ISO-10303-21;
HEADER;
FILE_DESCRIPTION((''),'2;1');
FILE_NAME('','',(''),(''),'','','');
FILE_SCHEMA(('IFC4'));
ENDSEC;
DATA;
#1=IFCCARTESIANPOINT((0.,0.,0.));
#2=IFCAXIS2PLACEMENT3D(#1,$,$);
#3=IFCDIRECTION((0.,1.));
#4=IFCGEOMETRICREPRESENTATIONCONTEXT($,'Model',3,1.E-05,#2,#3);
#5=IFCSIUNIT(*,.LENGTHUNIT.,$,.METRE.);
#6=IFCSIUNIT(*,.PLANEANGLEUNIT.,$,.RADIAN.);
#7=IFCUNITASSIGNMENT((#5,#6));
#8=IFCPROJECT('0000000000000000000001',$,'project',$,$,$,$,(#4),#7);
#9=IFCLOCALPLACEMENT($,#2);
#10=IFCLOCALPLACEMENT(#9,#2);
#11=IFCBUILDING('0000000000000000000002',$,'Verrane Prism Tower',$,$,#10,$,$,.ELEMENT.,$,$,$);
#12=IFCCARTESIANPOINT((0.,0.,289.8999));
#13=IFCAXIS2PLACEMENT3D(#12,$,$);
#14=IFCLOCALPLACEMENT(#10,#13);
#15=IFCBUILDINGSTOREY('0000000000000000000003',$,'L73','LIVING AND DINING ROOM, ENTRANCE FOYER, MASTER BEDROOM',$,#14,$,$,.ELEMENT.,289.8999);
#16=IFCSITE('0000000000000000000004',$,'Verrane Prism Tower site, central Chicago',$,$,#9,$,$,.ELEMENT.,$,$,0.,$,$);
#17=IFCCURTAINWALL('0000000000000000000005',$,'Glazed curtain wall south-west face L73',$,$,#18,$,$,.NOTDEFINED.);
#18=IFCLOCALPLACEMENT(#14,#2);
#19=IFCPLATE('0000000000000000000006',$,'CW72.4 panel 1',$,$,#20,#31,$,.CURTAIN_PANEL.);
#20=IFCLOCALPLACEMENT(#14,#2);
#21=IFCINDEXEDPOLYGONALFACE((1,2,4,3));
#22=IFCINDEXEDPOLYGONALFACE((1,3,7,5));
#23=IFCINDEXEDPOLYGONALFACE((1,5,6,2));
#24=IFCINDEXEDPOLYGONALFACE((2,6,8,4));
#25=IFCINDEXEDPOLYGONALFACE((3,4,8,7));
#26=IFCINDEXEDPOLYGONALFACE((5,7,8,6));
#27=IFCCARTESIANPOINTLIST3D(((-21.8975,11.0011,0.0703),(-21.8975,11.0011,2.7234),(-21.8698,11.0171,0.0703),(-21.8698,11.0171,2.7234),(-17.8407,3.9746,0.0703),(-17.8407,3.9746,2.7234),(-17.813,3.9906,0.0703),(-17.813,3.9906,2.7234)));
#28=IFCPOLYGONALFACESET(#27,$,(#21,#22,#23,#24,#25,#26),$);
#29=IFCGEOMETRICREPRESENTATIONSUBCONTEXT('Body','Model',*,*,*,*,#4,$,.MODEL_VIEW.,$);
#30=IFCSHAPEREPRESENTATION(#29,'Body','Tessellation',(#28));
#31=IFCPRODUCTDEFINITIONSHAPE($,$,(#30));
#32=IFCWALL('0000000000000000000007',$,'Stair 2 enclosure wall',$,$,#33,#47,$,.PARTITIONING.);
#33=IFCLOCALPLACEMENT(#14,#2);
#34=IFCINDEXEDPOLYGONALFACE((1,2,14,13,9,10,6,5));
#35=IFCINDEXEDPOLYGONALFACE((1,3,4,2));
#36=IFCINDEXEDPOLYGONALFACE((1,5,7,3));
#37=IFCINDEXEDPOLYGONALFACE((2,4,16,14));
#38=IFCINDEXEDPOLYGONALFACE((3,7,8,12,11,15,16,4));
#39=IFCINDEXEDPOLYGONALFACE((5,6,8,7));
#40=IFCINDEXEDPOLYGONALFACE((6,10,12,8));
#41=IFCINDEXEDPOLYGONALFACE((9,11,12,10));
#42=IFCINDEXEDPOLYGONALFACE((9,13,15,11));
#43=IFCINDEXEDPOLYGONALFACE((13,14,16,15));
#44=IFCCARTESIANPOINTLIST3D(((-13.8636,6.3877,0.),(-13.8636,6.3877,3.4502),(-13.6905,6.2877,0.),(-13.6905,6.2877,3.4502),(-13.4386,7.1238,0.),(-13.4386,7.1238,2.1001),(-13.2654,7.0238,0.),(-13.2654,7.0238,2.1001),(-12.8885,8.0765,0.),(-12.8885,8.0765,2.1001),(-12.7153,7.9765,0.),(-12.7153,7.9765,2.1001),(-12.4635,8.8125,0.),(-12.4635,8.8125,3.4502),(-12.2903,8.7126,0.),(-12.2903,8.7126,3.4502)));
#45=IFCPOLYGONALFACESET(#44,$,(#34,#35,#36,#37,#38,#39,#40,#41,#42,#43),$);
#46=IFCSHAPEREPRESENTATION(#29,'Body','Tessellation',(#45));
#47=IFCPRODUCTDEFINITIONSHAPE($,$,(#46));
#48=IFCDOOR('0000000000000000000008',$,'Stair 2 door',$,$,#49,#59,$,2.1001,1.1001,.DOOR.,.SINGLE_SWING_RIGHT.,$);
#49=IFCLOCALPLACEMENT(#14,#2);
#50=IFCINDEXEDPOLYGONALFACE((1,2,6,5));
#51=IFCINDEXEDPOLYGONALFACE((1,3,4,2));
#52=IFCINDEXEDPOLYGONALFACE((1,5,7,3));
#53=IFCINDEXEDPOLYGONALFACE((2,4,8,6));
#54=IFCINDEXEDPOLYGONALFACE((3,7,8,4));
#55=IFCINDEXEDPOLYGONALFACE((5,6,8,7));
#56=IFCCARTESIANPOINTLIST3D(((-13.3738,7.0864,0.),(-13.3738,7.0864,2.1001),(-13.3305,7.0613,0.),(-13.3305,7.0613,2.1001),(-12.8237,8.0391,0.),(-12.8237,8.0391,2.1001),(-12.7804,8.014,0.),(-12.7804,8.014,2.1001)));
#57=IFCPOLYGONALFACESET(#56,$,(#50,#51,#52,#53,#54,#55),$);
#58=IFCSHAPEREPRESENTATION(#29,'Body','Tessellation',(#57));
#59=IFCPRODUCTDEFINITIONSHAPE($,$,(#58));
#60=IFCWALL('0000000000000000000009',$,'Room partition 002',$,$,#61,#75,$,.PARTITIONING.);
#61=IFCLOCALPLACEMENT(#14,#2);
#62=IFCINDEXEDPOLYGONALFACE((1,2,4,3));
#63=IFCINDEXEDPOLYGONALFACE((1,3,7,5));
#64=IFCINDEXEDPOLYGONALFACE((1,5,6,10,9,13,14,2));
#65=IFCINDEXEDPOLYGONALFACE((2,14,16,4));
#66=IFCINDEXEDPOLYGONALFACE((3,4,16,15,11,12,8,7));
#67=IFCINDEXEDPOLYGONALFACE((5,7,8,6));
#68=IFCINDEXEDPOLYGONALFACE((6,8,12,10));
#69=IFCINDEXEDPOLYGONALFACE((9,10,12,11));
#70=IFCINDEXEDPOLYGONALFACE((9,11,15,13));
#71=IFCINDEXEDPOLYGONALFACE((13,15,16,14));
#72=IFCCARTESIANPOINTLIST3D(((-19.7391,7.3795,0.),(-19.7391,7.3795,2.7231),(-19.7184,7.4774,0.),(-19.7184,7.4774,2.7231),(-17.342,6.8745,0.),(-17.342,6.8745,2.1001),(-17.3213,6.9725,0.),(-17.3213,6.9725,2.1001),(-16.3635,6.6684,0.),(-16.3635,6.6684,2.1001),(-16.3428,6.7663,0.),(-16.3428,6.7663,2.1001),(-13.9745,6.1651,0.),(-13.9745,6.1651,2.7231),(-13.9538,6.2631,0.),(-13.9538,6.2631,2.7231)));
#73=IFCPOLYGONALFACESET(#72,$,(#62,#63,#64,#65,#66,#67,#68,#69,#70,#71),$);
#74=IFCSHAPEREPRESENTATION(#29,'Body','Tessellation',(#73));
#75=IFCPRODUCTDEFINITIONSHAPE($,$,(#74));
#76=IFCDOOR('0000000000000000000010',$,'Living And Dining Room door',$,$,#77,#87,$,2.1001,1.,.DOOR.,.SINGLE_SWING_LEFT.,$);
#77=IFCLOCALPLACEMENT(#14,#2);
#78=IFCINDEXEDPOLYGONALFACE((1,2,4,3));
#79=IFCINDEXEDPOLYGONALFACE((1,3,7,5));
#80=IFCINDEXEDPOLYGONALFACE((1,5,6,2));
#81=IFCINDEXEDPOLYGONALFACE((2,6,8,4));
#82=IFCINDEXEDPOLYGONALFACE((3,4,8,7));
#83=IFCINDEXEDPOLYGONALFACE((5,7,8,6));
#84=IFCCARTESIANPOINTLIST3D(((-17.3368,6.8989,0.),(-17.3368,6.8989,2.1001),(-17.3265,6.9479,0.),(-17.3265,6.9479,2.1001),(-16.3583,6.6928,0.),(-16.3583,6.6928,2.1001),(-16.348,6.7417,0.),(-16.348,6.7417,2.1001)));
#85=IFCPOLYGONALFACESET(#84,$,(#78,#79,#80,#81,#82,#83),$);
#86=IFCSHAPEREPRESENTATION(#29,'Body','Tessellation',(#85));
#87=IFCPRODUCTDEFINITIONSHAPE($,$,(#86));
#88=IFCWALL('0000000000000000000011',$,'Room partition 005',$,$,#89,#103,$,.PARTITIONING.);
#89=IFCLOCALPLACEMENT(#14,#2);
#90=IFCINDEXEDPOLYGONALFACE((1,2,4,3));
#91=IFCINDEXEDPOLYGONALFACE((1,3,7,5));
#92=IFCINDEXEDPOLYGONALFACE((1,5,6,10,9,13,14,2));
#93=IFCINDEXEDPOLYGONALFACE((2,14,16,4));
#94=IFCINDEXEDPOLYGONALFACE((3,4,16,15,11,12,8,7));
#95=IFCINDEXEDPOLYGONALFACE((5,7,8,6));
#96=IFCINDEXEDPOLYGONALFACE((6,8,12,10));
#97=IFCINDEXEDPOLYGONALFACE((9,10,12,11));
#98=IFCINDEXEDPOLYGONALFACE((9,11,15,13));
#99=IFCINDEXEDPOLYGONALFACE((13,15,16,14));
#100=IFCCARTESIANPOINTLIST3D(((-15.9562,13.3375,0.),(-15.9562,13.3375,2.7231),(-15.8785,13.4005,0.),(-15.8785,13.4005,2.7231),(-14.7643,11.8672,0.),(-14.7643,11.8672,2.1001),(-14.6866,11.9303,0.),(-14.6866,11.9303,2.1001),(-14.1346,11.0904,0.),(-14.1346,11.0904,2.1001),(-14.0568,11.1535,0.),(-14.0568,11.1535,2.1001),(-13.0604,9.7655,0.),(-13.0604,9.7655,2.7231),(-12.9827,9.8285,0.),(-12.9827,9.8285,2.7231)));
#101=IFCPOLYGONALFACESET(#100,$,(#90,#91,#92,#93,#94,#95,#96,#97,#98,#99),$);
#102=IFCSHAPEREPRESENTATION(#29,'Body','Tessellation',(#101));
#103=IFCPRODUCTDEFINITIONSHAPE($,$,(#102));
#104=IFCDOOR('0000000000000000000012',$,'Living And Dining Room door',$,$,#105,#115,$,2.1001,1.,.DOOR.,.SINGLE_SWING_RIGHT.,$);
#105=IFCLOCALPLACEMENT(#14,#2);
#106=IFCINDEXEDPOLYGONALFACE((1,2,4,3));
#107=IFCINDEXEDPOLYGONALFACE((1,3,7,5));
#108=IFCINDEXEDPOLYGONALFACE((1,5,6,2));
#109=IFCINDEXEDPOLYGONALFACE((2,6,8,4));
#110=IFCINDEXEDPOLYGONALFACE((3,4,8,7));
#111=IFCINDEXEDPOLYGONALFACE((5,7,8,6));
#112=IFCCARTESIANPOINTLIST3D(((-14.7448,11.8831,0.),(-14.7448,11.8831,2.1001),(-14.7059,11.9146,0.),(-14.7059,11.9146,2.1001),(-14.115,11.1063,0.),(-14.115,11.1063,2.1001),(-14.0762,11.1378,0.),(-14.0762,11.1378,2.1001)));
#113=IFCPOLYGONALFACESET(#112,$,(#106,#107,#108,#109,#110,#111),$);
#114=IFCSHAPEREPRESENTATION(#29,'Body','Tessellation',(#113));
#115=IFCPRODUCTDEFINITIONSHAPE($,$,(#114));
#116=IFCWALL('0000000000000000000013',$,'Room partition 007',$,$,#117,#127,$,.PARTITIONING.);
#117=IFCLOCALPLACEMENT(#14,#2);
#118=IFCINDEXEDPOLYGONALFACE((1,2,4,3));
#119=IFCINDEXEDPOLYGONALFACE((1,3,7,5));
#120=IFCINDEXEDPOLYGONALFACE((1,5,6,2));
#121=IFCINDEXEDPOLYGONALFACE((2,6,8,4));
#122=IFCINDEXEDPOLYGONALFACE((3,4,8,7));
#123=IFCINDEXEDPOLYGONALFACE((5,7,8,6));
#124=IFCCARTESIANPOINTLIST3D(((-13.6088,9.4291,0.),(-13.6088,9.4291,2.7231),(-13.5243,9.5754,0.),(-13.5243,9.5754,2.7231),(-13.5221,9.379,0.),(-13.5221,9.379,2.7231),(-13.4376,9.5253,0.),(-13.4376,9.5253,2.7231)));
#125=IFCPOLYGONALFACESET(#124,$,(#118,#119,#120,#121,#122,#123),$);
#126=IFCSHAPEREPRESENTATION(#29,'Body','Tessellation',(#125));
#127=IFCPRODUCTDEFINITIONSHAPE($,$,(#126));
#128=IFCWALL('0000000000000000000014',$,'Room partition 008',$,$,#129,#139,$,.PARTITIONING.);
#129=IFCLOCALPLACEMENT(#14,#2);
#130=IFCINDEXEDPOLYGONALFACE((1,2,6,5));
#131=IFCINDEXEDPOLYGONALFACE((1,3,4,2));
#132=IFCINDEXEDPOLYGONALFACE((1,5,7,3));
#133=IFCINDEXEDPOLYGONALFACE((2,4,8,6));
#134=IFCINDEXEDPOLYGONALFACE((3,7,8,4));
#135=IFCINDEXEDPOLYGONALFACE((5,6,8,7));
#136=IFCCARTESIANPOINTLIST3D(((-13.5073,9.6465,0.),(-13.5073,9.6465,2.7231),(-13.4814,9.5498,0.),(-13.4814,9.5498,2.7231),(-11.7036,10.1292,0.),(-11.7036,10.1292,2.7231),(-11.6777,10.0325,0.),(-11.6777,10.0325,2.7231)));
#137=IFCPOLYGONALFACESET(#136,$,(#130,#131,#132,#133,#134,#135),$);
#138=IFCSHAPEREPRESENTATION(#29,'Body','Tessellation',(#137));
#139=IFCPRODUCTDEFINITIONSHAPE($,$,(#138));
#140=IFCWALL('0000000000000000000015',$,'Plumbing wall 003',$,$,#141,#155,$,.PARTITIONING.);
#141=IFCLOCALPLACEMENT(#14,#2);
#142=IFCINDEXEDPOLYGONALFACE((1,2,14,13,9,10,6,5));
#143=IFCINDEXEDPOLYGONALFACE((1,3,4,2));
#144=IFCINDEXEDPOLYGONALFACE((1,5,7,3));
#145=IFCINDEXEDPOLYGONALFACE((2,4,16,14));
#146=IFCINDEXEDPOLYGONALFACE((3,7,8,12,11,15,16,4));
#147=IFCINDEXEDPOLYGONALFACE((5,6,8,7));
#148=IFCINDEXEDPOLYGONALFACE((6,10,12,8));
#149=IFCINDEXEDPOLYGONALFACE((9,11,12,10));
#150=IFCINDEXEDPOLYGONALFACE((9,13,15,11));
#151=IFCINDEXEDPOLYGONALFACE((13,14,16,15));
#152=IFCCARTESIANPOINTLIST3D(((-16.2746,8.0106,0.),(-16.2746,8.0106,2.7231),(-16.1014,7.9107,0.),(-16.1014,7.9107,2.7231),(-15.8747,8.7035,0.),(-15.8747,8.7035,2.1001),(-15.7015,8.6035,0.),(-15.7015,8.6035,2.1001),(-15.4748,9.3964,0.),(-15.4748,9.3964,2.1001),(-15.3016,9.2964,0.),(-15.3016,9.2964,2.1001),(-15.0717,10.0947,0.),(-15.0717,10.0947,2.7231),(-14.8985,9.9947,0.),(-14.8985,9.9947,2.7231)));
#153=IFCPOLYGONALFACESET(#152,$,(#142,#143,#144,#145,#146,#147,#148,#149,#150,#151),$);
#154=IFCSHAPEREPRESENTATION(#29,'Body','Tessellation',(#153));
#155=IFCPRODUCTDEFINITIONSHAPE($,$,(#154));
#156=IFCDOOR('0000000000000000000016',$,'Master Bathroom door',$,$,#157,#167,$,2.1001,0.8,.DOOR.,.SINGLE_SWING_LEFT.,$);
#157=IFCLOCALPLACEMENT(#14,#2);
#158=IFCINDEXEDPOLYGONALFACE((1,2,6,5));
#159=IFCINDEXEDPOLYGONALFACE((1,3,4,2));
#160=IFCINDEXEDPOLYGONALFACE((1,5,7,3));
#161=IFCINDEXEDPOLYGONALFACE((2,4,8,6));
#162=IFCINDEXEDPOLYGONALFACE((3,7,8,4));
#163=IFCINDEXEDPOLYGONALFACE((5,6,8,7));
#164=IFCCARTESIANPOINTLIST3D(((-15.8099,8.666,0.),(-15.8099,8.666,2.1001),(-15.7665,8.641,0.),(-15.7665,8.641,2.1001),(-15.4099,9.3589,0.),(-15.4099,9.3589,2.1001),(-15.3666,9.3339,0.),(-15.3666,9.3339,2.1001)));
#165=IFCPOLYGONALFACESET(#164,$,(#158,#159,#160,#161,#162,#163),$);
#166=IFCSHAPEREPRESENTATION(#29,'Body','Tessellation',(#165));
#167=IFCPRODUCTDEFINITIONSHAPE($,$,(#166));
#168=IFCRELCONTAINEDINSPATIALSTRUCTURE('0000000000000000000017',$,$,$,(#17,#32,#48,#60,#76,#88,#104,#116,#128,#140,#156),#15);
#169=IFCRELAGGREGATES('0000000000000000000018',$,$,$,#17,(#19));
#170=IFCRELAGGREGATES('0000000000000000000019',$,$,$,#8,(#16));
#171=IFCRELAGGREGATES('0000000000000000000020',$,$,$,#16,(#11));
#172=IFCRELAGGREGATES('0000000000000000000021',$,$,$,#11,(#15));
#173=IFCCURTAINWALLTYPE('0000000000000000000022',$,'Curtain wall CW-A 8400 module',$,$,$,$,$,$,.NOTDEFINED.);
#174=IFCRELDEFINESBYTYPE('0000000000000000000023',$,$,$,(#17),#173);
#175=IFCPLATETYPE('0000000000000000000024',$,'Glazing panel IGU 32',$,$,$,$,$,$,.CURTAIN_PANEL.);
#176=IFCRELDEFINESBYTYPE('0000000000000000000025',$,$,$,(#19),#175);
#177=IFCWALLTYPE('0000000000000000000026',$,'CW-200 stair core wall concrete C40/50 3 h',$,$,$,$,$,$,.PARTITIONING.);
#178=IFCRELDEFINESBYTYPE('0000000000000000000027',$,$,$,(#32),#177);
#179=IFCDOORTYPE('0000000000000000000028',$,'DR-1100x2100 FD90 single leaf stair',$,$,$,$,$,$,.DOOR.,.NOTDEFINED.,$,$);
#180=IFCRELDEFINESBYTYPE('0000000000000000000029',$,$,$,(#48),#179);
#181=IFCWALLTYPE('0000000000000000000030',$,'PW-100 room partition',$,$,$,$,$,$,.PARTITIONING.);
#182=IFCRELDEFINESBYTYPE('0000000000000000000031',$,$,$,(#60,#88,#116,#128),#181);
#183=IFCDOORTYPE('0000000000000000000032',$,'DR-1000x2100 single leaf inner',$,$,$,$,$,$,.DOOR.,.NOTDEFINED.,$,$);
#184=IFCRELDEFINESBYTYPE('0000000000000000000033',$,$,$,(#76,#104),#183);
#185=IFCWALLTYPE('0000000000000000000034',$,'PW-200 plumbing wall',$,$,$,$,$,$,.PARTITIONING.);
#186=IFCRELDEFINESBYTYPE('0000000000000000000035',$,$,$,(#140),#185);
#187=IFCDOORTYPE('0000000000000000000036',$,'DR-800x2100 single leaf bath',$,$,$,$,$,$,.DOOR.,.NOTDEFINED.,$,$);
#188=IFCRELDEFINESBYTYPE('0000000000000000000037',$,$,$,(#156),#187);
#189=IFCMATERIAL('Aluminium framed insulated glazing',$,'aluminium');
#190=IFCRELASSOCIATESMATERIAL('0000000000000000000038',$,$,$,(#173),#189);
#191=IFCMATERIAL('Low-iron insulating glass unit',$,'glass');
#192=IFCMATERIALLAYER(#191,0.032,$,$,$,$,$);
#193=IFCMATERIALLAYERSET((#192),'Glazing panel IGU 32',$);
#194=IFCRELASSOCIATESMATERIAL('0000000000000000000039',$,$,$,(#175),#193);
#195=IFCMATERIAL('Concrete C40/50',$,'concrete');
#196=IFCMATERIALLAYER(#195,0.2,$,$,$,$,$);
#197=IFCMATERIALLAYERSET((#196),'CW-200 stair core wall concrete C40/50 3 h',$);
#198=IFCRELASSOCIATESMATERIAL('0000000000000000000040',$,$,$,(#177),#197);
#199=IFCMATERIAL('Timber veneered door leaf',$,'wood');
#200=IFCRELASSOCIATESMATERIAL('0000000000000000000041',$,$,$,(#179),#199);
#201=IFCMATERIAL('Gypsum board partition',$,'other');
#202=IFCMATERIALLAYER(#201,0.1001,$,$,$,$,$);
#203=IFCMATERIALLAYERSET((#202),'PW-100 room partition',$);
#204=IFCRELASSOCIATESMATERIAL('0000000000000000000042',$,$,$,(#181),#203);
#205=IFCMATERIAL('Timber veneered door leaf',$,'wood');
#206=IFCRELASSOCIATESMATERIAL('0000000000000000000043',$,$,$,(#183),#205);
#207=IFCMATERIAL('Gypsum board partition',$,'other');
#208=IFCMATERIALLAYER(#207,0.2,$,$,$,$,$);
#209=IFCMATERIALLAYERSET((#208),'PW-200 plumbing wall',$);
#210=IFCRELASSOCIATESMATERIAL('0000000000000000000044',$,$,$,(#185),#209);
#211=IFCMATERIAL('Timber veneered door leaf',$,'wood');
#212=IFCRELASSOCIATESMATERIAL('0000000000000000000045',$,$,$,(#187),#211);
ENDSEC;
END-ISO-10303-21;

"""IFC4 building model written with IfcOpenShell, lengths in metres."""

from ifc_helpers import new_model, si_unit, direction, frame, frame_2d, origin, origin_2d, place, context, subcontext, project, spatial, rectangle, extrude, material, layer, layer_set, type_object, element, fill, aggregate, save


model = new_model("IFC4")

# Units and contexts
model_context = context("Model", 3, precision=1e-05, world=origin(), true_north=direction((0.0, 1.0)))
body_context = subcontext(model_context, "Body", "Model", "MODEL_VIEW")
ifc_project = project(units=[si_unit("LENGTHUNIT", "METRE"), si_unit("PLANEANGLEUNIT", "RADIAN")], contexts=[model_context])

# Site, building, storey
site_placement = place(None, origin())
site = spatial("IfcSite", under=ifc_project, at=site_placement, Name="Verrane Prism Tower site, central Chicago", CompositionType="ELEMENT", RefElevation=0.0)
building_placement = place(site_placement, origin())
building = spatial("IfcBuilding", under=site, at=building_placement, Name="Verrane Prism Tower", CompositionType="ELEMENT")
storey_placement = place(building_placement, frame((0.0, 0.0, 289.8999)))
storey = spatial("IfcBuildingStorey", under=building, at=storey_placement, Name="L73", Description="LIVING AND DINING ROOM, ENTRANCE FOYER, MASTER BEDROOM", CompositionType="ELEMENT", Elevation=289.8999)

# Curtain wall
ifc_material_1 = material(Name="Aluminium framed insulated glazing", Category="aluminium")
curtain_wall_type = type_object("IfcCurtainWallType", Name="Curtain wall CW-A 8400 module", PredefinedType="NOTDEFINED", material=ifc_material_1)
curtain_wall_placement = place(storey_placement, origin())
curtain_wall = element("IfcCurtainWall", 1, at=curtain_wall_placement, inside=storey, type_object=curtain_wall_type, Name="Glazed curtain wall south-west face L73", PredefinedType="NOTDEFINED")

# Plate
ifc_material_2 = material(Name="Low-iron insulating glass unit", Category="glass")
ifc_layer_1 = layer(ifc_material_2, 0.032)
ifc_layer_set_1 = layer_set([ifc_layer_1], Name="Glazing panel IGU 32")
plate_type = type_object("IfcPlateType", Name="Glazing panel IGU 32", PredefinedType="CURTAIN_PANEL", material=ifc_layer_set_1)
plate_placement = place(storey_placement, frame((-19.8552, 7.4958, 0.0703), z_axis=(0.0, 0.0, 1.0), x_axis=(0.500001, -0.866025, 0.0)))
plate = element("IfcPlate", 2, at=plate_placement, type_object=plate_type, Name="CW72.4 panel 1", PredefinedType="CURTAIN_PANEL", context=body_context, shape_type="SweptSolid", body=[
    extrude(rectangle(XDim=8.1135, YDim=0.032, at=origin_2d()), origin(), (0.0, 0.0, 1.0), 2.6531),
])
aggregate(curtain_wall, [plate])

# Walls, openings, doors
ifc_material_3 = material(Name="Concrete C40/50", Category="concrete")
ifc_layer_2 = layer(ifc_material_3, 0.2)
ifc_layer_set_2 = layer_set([ifc_layer_2], Name="CW-200 stair core wall concrete C40/50 3 h")
wall_type_1 = type_object("IfcWallType", Name="CW-200 stair core wall concrete C40/50 3 h", PredefinedType="PARTITIONING", material=ifc_layer_set_2)
wall_1_placement = place(storey_placement, frame((-12.377, 8.7625, 0.0), z_axis=(0.0, 0.0, 1.0), x_axis=(-0.50005, -0.865997, 0.0)))
wall_1 = element("IfcWall", 3, at=wall_1_placement, inside=storey, type_object=wall_type_1, Name="Stair 2 enclosure wall", PredefinedType="PARTITIONING", context=body_context, shape_type="SweptSolid", body=[
    extrude(rectangle(XDim=2.8, YDim=0.2, at=frame_2d((1.3999, 0.0))), origin(), (0.0, 0.0, 1.0), 3.4502),
])
opening_1_placement = place(wall_1_placement, frame((0.8499, 0.0, 0.0)))
opening_1 = element("IfcOpeningElement", 4, at=opening_1_placement, cuts=wall_1, PredefinedType="OPENING", context=body_context, shape_type="SweptSolid", body=[
    extrude(rectangle(XDim=1.1001, YDim=2.1001, at=frame_2d((0.55, 1.05))), frame((0.0, 0.1099, 0.0), z_axis=(0.0, -1.0, 0.0), x_axis=(1.0, 0.0, 0.0)), (0.0, 0.0, 1.0), 0.22),
])
ifc_material_4 = material(Name="Timber veneered door leaf", Category="wood")
door_type_1 = type_object("IfcDoorType", Name="DR-1100x2100 FD90 single leaf stair", OperationType="NOTDEFINED", PredefinedType="DOOR", material=ifc_material_4)
door_1_placement = place(opening_1_placement, origin())
door_1 = element("IfcDoor", 5, at=door_1_placement, inside=storey, type_object=door_type_1, Name="Stair 2 door", OperationType="SINGLE_SWING_RIGHT", OverallHeight=2.1001, OverallWidth=1.1001, PredefinedType="DOOR", context=body_context, shape_type="SweptSolid", body=[
    extrude(rectangle(XDim=1.1001, YDim=2.1001, at=frame_2d((0.55, 1.05))), frame((0.0, 0.0249, 0.0), z_axis=(0.0, -1.0, 0.0), x_axis=(1.0, 0.0, 0.0)), (0.0, 0.0, 1.0), 0.05),
])
fill(opening_1, door_1)
ifc_material_5 = material(Name="Gypsum board partition", Category="other")
ifc_layer_3 = layer(ifc_material_5, 0.1001)
ifc_layer_set_3 = layer_set([ifc_layer_3], Name="PW-100 room partition")
wall_type_2 = type_object("IfcWallType", Name="PW-100 room partition", PredefinedType="PARTITIONING", material=ifc_layer_set_3)
wall_2_placement = place(storey_placement, frame((-19.7288, 7.4285, 0.0), z_axis=(0.0, 0.0, 1.0), x_axis=(0.978524, -0.206132, 0.0)))
wall_2 = element("IfcWall", 6, at=wall_2_placement, inside=storey, type_object=wall_type_2, Name="Room partition 002", PredefinedType="PARTITIONING", context=body_context, shape_type="SweptSolid", body=[
    extrude(rectangle(XDim=5.8911, YDim=0.1001, at=frame_2d((2.9456, 0.0))), origin(), (0.0, 0.0, 1.0), 2.7231),
])
opening_2_placement = place(wall_2_placement, frame((2.4497, 0.0, 0.0)))
opening_2 = element("IfcOpeningElement", 7, at=opening_2_placement, cuts=wall_2, PredefinedType="OPENING", context=body_context, shape_type="SweptSolid", body=[
    extrude(rectangle(XDim=1.0, YDim=2.1001, at=frame_2d((0.5, 1.05))), frame((0.0, 0.0601, 0.0), z_axis=(0.0, -1.0, 0.0), x_axis=(1.0, 0.0, 0.0)), (0.0, 0.0, 1.0), 0.1201),
])
ifc_material_6 = material(Name="Timber veneered door leaf", Category="wood")
door_type_2 = type_object("IfcDoorType", Name="DR-1000x2100 single leaf inner", OperationType="NOTDEFINED", PredefinedType="DOOR", material=ifc_material_6)
door_2_placement = place(opening_2_placement, origin())
door_2 = element("IfcDoor", 8, at=door_2_placement, inside=storey, type_object=door_type_2, Name="Living And Dining Room door", OperationType="SINGLE_SWING_LEFT", OverallHeight=2.1001, OverallWidth=1.0, PredefinedType="DOOR", context=body_context, shape_type="SweptSolid", body=[
    extrude(rectangle(XDim=1.0, YDim=2.1001, at=frame_2d((0.5, 1.05))), frame((0.0, 0.0249, 0.0), z_axis=(0.0, -1.0, 0.0), x_axis=(1.0, 0.0, 0.0)), (0.0, 0.0, 1.0), 0.05),
])
fill(opening_2, door_2)
wall_3_placement = place(storey_placement, frame((-13.0215, 9.7969, 0.0), z_axis=(0.0, 0.0, 1.0), x_axis=(-0.629739, 0.776807, 0.0)))
wall_3 = element("IfcWall", 9, at=wall_3_placement, inside=storey, type_object=wall_type_2, Name="Room partition 005", PredefinedType="PARTITIONING", context=body_context, shape_type="SweptSolid", body=[
    extrude(rectangle(XDim=4.5984, YDim=0.1001, at=frame_2d((2.2993, 0.0))), origin(), (0.0, 0.0, 1.0), 2.7231),
])
opening_3_placement = place(wall_3_placement, frame((1.7058, 0.0, 0.0)))
opening_3 = element("IfcOpeningElement", 10, at=opening_3_placement, cuts=wall_3, PredefinedType="OPENING", context=body_context, shape_type="SweptSolid", body=[
    extrude(rectangle(XDim=1.0, YDim=2.1001, at=frame_2d((0.5, 1.05))), frame((0.0, 0.0601, 0.0), z_axis=(0.0, -1.0, 0.0), x_axis=(1.0, 0.0, 0.0)), (0.0, 0.0, 1.0), 0.1201),
])
door_3_placement = place(opening_3_placement, origin())
door_3 = element("IfcDoor", 11, at=door_3_placement, inside=storey, type_object=door_type_2, Name="Living And Dining Room door", OperationType="SINGLE_SWING_RIGHT", OverallHeight=2.1001, OverallWidth=1.0, PredefinedType="DOOR", context=body_context, shape_type="SweptSolid", body=[
    extrude(rectangle(XDim=1.0, YDim=2.1001, at=frame_2d((0.5, 1.05))), frame((0.0, 0.0249, 0.0), z_axis=(0.0, -1.0, 0.0), x_axis=(1.0, 0.0, 0.0)), (0.0, 0.0, 1.0), 0.05),
])
fill(opening_3, door_3)

# Walls
wall_4_placement = place(storey_placement, frame((-13.5654, 9.4041, 0.0), z_axis=(0.0, 0.0, 1.0), x_axis=(0.500181, 0.865921, 0.0)))
element("IfcWall", 12, at=wall_4_placement, inside=storey, type_object=wall_type_2, Name="Room partition 007", PredefinedType="PARTITIONING", context=body_context, shape_type="SweptSolid", body=[
    extrude(rectangle(XDim=0.1689, YDim=0.1001, at=frame_2d((0.0845, 0.0))), origin(), (0.0, 0.0, 1.0), 2.7231),
])
wall_5_placement = place(storey_placement, frame((-13.4944, 9.5981, 0.0), z_axis=(0.0, 0.0, 1.0), x_axis=(0.966011, 0.258501, 0.0)))
element("IfcWall", 13, at=wall_5_placement, inside=storey, type_object=wall_type_2, Name="Room partition 008", PredefinedType="PARTITIONING", context=body_context, shape_type="SweptSolid", body=[
    extrude(rectangle(XDim=1.8672, YDim=0.1001, at=frame_2d((0.9336, 0.0))), origin(), (0.0, 0.0, 1.0), 2.7231),
])

# Wall, opening, door
ifc_material_7 = material(Name="Gypsum board partition", Category="other")
ifc_layer_4 = layer(ifc_material_7, 0.2)
ifc_layer_set_4 = layer_set([ifc_layer_4], Name="PW-200 plumbing wall")
wall_type_3 = type_object("IfcWallType", Name="PW-200 plumbing wall", PredefinedType="PARTITIONING", material=ifc_layer_set_4)
wall_6_placement = place(storey_placement, frame((-14.9851, 10.0447, 0.0), z_axis=(0.0, 0.0, 1.0), x_axis=(-0.499904, -0.866081, 0.0)))
wall_6 = element("IfcWall", 14, at=wall_6_placement, inside=storey, type_object=wall_type_3, Name="Plumbing wall 003", PredefinedType="PARTITIONING", context=body_context, shape_type="SweptSolid", body=[
    extrude(rectangle(XDim=2.4062, YDim=0.2, at=frame_2d((1.2031, 0.0))), origin(), (0.0, 0.0, 1.0), 2.7231),
])
opening_4_placement = place(wall_6_placement, frame((0.8064, 0.0, 0.0)))
opening_4 = element("IfcOpeningElement", 15, at=opening_4_placement, cuts=wall_6, PredefinedType="OPENING", context=body_context, shape_type="SweptSolid", body=[
    extrude(rectangle(XDim=0.8, YDim=2.1001, at=frame_2d((0.3999, 1.05))), frame((0.0, 0.1099, 0.0), z_axis=(0.0, -1.0, 0.0), x_axis=(1.0, 0.0, 0.0)), (0.0, 0.0, 1.0), 0.22),
])
ifc_material_8 = material(Name="Timber veneered door leaf", Category="wood")
door_type_3 = type_object("IfcDoorType", Name="DR-800x2100 single leaf bath", OperationType="NOTDEFINED", PredefinedType="DOOR", material=ifc_material_8)
door_4_placement = place(opening_4_placement, origin())
door_4 = element("IfcDoor", 16, at=door_4_placement, inside=storey, type_object=door_type_3, Name="Master Bathroom door", OperationType="SINGLE_SWING_LEFT", OverallHeight=2.1001, OverallWidth=0.8, PredefinedType="DOOR", context=body_context, shape_type="SweptSolid", body=[
    extrude(rectangle(XDim=0.8, YDim=2.1001, at=frame_2d((0.3999, 1.05))), frame((0.0, 0.0249, 0.0), z_axis=(0.0, -1.0, 0.0), x_axis=(1.0, 0.0, 0.0)), (0.0, 0.0, 1.0), 0.05),
])
fill(opening_4, door_4)

save(model, "model.ifc")
